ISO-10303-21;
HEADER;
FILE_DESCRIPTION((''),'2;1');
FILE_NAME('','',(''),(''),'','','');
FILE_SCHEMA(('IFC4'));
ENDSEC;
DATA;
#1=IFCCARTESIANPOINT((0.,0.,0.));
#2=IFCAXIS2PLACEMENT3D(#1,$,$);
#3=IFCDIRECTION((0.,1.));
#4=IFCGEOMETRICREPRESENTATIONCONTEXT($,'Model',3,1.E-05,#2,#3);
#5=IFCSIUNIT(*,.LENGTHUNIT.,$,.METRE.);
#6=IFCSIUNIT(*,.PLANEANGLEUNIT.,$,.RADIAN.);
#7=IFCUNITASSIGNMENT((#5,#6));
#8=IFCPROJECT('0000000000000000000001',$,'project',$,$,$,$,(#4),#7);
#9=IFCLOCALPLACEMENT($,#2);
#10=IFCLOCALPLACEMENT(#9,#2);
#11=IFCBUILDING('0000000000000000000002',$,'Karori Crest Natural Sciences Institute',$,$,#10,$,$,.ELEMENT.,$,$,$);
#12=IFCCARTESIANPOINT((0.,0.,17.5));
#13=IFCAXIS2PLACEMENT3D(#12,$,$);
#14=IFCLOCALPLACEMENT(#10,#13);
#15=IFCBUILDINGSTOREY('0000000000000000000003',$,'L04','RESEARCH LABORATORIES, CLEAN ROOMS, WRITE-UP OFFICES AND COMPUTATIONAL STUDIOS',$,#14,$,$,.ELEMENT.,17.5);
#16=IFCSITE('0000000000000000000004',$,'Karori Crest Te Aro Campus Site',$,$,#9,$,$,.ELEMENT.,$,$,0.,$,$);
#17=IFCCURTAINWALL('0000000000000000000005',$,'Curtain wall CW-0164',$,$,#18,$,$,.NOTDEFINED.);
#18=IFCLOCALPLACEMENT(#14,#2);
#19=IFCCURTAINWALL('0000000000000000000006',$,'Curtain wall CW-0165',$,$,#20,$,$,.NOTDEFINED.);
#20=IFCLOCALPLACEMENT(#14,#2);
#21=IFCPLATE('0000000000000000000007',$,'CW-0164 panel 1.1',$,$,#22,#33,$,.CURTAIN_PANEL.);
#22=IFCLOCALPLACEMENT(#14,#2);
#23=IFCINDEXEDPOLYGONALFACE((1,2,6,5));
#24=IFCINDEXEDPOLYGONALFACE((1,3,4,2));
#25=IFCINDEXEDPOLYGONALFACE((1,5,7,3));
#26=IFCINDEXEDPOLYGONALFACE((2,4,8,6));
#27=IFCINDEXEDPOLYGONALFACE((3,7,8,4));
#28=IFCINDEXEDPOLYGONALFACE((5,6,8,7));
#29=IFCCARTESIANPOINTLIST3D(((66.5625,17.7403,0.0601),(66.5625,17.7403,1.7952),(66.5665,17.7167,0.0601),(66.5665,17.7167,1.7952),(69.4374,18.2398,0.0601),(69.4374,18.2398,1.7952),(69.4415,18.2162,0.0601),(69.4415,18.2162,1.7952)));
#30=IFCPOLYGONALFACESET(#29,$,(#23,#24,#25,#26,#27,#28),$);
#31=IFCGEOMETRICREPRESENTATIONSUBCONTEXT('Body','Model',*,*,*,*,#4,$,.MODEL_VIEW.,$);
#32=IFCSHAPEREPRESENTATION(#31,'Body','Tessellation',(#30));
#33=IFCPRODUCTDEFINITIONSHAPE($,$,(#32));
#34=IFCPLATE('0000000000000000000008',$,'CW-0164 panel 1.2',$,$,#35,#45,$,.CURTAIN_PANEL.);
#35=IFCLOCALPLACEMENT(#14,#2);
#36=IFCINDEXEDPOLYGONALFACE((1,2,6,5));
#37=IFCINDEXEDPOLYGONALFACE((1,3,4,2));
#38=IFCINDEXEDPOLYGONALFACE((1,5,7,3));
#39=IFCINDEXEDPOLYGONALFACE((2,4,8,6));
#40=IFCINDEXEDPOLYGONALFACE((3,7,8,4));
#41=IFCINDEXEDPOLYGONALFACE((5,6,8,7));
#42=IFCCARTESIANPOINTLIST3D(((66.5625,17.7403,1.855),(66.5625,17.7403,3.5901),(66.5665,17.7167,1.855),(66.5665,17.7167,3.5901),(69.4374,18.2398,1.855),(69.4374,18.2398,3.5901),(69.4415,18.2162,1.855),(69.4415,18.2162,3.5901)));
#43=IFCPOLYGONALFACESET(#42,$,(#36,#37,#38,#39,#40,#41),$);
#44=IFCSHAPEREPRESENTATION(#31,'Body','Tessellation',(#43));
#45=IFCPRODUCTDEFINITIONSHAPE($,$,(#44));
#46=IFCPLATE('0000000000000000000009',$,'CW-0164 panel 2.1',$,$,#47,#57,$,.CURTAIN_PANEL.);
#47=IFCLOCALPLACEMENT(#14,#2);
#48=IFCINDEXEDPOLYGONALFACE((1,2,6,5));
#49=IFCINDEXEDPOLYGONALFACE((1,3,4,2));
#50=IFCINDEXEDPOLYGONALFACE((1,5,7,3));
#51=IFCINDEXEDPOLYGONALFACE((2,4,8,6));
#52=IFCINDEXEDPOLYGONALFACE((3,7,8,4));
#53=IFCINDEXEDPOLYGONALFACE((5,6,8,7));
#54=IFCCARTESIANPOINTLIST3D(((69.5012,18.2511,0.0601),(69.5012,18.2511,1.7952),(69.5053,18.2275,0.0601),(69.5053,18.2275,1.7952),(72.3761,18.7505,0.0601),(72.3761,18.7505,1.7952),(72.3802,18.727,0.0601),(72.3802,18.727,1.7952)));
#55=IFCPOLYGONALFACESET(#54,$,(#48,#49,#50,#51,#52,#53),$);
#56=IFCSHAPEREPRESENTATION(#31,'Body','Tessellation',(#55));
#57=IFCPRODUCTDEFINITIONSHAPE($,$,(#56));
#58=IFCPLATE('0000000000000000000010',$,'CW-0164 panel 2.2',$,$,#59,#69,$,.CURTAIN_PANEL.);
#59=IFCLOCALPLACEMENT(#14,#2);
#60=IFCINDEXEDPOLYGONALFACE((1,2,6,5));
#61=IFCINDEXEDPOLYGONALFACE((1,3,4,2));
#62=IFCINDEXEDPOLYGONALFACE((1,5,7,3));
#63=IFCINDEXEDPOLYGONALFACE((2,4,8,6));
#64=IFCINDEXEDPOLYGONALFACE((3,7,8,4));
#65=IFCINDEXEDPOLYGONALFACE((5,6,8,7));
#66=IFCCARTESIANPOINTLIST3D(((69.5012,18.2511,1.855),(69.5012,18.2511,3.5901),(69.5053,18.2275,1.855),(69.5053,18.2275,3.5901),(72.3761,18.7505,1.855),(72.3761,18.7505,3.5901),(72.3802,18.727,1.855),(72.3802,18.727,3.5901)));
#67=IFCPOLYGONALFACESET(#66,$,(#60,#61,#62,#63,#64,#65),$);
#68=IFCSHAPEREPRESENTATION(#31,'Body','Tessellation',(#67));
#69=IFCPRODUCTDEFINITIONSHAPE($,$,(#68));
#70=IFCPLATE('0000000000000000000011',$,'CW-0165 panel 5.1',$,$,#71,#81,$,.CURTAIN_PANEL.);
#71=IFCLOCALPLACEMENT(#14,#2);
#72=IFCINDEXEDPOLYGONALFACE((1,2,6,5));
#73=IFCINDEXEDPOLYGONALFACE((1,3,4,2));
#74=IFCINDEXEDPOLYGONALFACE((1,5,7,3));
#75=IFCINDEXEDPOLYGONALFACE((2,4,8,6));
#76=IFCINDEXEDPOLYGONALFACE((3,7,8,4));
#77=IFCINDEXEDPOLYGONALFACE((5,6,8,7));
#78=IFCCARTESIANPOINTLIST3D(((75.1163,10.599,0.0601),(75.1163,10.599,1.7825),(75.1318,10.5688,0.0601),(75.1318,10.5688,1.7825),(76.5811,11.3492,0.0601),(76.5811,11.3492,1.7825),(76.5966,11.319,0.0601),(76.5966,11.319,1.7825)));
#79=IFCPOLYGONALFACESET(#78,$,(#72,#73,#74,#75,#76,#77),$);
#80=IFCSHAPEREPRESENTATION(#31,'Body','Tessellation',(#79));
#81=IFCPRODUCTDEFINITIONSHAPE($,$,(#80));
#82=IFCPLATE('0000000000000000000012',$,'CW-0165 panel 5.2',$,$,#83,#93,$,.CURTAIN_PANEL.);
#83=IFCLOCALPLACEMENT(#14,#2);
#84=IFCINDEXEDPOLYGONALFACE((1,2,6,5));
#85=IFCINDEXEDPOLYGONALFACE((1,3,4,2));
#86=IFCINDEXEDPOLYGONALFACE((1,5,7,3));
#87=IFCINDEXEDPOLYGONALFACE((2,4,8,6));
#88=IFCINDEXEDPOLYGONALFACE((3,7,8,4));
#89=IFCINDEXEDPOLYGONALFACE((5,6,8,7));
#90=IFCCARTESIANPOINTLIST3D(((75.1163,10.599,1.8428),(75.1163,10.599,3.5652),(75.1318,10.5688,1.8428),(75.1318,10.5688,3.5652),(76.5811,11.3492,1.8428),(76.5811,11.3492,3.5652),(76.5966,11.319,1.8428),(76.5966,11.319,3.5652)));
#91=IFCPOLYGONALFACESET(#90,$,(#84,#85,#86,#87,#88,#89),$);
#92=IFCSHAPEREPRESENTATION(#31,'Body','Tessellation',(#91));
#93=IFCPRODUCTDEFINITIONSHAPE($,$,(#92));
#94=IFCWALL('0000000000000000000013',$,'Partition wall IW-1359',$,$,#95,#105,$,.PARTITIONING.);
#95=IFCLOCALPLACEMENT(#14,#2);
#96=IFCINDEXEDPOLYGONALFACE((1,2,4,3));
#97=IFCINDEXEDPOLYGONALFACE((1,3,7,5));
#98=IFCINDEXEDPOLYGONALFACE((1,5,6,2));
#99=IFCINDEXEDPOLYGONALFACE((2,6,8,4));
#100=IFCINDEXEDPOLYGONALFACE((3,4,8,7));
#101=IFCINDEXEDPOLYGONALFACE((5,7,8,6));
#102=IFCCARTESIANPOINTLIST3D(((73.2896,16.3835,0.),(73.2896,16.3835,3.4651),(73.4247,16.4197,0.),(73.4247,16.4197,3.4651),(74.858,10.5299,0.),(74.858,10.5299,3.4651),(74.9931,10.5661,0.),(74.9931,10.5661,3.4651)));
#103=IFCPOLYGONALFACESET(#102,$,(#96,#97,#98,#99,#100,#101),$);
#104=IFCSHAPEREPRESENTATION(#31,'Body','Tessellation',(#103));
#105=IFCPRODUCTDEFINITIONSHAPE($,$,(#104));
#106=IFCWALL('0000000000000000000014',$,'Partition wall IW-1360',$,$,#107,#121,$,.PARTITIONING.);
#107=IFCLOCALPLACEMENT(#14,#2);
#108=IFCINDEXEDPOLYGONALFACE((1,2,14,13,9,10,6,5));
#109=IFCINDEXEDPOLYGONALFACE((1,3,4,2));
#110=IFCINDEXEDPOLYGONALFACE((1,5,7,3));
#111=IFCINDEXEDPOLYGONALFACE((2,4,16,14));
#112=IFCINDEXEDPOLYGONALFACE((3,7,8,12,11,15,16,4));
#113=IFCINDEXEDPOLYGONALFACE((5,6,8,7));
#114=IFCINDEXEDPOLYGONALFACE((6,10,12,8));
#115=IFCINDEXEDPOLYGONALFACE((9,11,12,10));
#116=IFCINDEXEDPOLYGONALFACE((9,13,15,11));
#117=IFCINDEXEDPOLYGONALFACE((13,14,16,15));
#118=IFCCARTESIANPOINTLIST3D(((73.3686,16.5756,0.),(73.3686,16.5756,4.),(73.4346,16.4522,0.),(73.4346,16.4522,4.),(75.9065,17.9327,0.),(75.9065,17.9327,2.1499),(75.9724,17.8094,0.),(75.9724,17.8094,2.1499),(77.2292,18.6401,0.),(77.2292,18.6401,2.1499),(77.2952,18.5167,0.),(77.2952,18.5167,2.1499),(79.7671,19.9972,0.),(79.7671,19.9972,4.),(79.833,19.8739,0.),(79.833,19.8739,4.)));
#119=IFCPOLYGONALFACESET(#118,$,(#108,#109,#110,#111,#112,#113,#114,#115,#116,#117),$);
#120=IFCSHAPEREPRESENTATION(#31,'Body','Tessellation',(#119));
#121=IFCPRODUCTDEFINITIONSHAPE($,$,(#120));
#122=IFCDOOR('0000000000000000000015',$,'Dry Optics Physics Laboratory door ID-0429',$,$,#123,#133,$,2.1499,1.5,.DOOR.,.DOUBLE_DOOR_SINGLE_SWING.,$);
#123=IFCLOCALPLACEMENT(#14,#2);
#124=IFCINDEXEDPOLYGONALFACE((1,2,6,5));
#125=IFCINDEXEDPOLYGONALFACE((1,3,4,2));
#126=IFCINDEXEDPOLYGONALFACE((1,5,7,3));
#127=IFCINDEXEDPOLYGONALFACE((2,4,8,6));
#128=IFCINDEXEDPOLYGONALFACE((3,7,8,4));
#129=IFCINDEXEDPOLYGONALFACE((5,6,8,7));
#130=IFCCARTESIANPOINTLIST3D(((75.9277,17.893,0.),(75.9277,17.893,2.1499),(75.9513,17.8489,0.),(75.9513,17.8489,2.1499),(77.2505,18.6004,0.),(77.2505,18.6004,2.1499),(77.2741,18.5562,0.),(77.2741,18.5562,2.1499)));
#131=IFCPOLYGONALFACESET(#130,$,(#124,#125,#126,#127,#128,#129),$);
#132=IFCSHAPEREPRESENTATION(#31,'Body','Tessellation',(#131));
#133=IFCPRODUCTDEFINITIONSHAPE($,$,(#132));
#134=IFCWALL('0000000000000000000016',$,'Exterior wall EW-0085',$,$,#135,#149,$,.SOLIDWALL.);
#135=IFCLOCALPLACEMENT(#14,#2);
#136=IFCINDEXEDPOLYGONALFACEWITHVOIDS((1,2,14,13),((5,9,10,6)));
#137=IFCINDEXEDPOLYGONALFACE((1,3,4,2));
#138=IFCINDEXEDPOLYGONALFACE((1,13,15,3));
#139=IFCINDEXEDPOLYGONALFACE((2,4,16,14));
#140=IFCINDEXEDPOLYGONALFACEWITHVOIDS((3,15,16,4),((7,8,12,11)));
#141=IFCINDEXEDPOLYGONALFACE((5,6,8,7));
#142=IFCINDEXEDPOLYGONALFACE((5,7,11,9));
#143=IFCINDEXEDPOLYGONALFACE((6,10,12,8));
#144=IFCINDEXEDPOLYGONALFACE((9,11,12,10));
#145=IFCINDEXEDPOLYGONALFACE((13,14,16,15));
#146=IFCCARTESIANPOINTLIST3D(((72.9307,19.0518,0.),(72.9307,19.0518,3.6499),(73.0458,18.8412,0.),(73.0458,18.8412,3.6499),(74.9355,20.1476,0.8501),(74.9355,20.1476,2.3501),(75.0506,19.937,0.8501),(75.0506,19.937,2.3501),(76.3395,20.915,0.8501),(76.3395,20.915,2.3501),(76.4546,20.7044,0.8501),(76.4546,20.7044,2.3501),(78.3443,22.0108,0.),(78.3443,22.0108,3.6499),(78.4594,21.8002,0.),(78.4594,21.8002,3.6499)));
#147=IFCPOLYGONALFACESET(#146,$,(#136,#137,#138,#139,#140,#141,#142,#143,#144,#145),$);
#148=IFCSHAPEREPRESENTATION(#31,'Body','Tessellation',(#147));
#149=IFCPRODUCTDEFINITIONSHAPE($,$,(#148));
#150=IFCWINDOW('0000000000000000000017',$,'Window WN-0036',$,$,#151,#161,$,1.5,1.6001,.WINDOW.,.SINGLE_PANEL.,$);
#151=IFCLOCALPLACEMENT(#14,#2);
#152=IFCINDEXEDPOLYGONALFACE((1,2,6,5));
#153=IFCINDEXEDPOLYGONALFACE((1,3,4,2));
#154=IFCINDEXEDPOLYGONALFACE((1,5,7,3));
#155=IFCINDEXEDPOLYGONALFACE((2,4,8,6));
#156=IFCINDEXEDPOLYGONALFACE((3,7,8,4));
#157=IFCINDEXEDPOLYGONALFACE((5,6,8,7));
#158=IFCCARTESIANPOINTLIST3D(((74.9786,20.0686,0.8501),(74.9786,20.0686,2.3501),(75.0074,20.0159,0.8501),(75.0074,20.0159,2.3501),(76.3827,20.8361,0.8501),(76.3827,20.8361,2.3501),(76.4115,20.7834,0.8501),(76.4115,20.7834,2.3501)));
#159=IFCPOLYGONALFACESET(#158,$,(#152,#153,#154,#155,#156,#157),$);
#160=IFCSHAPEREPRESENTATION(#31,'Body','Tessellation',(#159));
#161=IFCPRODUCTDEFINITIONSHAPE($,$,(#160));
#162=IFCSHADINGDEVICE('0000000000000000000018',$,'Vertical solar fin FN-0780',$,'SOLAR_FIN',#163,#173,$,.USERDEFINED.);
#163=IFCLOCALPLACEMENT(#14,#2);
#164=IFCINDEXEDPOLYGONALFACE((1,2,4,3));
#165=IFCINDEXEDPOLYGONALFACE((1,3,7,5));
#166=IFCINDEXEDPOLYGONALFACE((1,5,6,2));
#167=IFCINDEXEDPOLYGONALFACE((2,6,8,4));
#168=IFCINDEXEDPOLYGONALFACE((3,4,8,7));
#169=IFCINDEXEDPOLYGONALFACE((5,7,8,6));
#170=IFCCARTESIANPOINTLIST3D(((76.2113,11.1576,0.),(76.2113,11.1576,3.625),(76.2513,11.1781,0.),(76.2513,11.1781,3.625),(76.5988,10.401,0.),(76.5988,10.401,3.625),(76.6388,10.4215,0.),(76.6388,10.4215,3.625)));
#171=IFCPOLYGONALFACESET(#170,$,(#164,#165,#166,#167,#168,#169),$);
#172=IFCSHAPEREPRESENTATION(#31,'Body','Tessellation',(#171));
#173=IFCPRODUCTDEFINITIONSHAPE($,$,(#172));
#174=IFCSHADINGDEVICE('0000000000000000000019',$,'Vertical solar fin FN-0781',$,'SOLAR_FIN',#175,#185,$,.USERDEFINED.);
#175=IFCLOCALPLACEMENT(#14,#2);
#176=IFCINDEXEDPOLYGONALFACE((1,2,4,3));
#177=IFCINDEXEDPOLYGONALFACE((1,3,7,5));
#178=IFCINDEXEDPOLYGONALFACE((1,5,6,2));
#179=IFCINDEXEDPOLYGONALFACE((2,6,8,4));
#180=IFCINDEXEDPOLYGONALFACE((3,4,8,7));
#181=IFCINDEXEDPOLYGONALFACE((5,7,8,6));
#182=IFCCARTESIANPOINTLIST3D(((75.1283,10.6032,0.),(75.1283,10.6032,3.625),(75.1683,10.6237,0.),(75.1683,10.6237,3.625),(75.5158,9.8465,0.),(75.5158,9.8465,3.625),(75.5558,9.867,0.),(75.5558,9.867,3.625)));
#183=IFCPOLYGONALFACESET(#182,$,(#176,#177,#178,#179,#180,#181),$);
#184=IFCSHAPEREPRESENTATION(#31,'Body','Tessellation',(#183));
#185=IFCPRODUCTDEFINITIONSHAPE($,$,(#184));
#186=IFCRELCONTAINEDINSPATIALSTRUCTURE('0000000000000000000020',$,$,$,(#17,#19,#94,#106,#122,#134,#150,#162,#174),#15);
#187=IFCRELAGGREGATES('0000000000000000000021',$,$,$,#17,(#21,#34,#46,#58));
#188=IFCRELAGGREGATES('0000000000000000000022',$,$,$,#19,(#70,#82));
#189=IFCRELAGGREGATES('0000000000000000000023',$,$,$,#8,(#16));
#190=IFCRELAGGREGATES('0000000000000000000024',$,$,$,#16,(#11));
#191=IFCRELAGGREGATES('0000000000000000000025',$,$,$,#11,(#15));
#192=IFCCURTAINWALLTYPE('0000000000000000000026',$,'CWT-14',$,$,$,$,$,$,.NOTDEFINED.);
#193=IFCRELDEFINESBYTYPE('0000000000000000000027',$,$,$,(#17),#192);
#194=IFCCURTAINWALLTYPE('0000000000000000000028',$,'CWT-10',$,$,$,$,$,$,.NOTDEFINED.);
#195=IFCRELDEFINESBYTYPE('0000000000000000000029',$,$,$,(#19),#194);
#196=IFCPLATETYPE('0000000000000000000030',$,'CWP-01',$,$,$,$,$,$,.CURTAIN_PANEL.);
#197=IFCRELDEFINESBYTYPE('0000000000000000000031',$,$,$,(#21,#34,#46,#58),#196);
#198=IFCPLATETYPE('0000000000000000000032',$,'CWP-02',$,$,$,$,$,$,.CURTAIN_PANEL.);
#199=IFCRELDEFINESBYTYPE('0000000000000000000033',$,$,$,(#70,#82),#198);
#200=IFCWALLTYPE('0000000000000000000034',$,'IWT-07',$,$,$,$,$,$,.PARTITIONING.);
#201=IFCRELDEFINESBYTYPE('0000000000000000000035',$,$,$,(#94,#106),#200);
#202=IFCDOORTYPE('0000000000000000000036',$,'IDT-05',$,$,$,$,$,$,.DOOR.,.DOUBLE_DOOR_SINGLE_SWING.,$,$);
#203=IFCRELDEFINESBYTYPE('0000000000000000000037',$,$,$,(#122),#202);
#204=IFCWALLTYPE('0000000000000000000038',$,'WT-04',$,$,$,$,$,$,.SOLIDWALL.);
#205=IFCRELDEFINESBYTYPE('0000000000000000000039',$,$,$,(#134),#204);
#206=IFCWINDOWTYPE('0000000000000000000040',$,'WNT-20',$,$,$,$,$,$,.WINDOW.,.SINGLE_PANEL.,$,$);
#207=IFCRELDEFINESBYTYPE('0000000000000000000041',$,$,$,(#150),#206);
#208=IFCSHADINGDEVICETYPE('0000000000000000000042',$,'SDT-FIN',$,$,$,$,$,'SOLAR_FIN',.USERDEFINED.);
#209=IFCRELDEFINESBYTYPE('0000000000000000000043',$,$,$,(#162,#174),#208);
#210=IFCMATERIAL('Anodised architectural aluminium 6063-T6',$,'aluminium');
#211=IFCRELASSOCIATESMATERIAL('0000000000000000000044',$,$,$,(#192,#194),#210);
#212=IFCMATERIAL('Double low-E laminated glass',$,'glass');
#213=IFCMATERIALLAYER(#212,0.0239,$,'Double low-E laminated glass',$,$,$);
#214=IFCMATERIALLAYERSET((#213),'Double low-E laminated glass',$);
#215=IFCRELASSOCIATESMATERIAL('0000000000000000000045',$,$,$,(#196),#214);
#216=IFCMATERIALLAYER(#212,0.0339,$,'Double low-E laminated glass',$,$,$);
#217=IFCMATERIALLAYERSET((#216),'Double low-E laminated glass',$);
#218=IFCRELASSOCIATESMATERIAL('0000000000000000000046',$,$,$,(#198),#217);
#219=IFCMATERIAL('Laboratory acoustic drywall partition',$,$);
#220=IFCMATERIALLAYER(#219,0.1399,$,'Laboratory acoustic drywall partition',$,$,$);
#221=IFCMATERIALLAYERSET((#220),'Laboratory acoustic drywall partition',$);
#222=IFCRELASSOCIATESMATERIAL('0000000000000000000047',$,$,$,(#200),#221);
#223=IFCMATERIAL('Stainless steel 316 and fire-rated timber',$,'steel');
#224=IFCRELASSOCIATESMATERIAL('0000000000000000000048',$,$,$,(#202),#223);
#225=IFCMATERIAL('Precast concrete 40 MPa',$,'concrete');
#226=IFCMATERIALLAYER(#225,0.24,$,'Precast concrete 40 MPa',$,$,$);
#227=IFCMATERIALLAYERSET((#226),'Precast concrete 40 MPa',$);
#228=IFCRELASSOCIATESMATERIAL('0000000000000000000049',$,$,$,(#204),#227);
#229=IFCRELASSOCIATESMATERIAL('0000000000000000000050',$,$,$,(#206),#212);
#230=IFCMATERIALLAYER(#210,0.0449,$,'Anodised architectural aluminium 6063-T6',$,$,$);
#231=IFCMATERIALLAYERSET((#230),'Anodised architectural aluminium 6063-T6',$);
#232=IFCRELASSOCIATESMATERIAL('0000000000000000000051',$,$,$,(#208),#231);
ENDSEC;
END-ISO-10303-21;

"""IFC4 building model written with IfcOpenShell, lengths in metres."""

from ifc_helpers import new_model, si_unit, direction, frame, frame_2d, origin, origin_2d, place, context, subcontext, project, spatial, rectangle, extrude, material, layer, layer_set, type_object, element, fill, aggregate, save


model = new_model("IFC4")

# Units and contexts
model_context = context("Model", 3, precision=1e-05, world=origin(), true_north=direction((0.0, 1.0)))
body_context = subcontext(model_context, "Body", "Model", "MODEL_VIEW")
ifc_project = project(units=[si_unit("LENGTHUNIT", "METRE"), si_unit("PLANEANGLEUNIT", "RADIAN")], contexts=[model_context])

# Site, building, storey
site_placement = place(None, origin())
site = spatial("IfcSite", under=ifc_project, at=site_placement, Name="Karori Crest Te Aro Campus Site", CompositionType="ELEMENT", RefElevation=0.0)
building_placement = place(site_placement, origin())
building = spatial("IfcBuilding", under=site, at=building_placement, Name="Karori Crest Natural Sciences Institute", CompositionType="ELEMENT")
storey_placement = place(building_placement, frame((0.0, 0.0, 17.5)))
storey = spatial("IfcBuildingStorey", under=building, at=storey_placement, Name="L04", Description="RESEARCH LABORATORIES, CLEAN ROOMS, WRITE-UP OFFICES AND COMPUTATIONAL STUDIOS", CompositionType="ELEMENT", Elevation=17.5)

# Shared definitions
ifc_material_1 = material(Name="Anodised architectural aluminium 6063-T6", Category="aluminium")

# Curtain wall
curtain_wall_type_1 = type_object("IfcCurtainWallType", Name="CWT-14", PredefinedType="NOTDEFINED", material=ifc_material_1)
curtain_wall_1_placement = place(storey_placement, origin())
curtain_wall_1 = element("IfcCurtainWall", 1, at=curtain_wall_1_placement, inside=storey, type_object=curtain_wall_type_1, Name="Curtain wall CW-0164", PredefinedType="NOTDEFINED")

# Curtain wall
curtain_wall_type_2 = type_object("IfcCurtainWallType", Name="CWT-10", PredefinedType="NOTDEFINED", material=ifc_material_1)
curtain_wall_2_placement = place(storey_placement, origin())
curtain_wall_2 = element("IfcCurtainWall", 2, at=curtain_wall_2_placement, inside=storey, type_object=curtain_wall_type_2, Name="Curtain wall CW-0165", PredefinedType="NOTDEFINED")

# Plates
ifc_material_2 = material(Name="Double low-E laminated glass", Category="glass")
ifc_layer_1 = layer(ifc_material_2, 0.0239, Name="Double low-E laminated glass")
ifc_layer_set_1 = layer_set([ifc_layer_1], Name="Double low-E laminated glass")
plate_type_1 = type_object("IfcPlateType", Name="CWP-01", PredefinedType="CURTAIN_PANEL", material=ifc_layer_set_1)
plate_1_placement = place(storey_placement, frame((68.002, 17.9783, 0.0601), z_axis=(0.0, 0.0, 1.0), x_axis=(0.985241, 0.171174, 0.0)))
plate_1 = element("IfcPlate", 3, at=plate_1_placement, type_object=plate_type_1, Name="CW-0164 panel 1.1", PredefinedType="CURTAIN_PANEL", context=body_context, shape_type="SweptSolid", body=[
    extrude(rectangle(XDim=2.918, YDim=0.0239, at=origin_2d()), origin(), (0.0, 0.0, 1.0), 1.7351),
])
plate_2_placement = place(storey_placement, frame((68.002, 17.9783, 1.855), z_axis=(0.0, 0.0, 1.0), x_axis=(0.985241, 0.171174, 0.0)))
plate_2 = element("IfcPlate", 4, at=plate_2_placement, type_object=plate_type_1, Name="CW-0164 panel 1.2", PredefinedType="CURTAIN_PANEL", context=body_context, shape_type="SweptSolid", body=[
    extrude(rectangle(XDim=2.918, YDim=0.0239, at=origin_2d()), origin(), (0.0, 0.0, 1.0), 1.7351),
])
plate_3_placement = place(storey_placement, frame((70.9407, 18.489, 0.0601), z_axis=(0.0, 0.0, 1.0), x_axis=(0.985241, 0.171174, 0.0)))
plate_3 = element("IfcPlate", 5, at=plate_3_placement, type_object=plate_type_1, Name="CW-0164 panel 2.1", PredefinedType="CURTAIN_PANEL", context=body_context, shape_type="SweptSolid", body=[
    extrude(rectangle(XDim=2.918, YDim=0.0239, at=origin_2d()), origin(), (0.0, 0.0, 1.0), 1.7351),
])
plate_4_placement = place(storey_placement, frame((70.9407, 18.489, 1.855), z_axis=(0.0, 0.0, 1.0), x_axis=(0.985241, 0.171174, 0.0)))
plate_4 = element("IfcPlate", 6, at=plate_4_placement, type_object=plate_type_1, Name="CW-0164 panel 2.2", PredefinedType="CURTAIN_PANEL", context=body_context, shape_type="SweptSolid", body=[
    extrude(rectangle(XDim=2.918, YDim=0.0239, at=origin_2d()), origin(), (0.0, 0.0, 1.0), 1.7351),
])
aggregate(curtain_wall_1, [plate_1, plate_2, plate_3, plate_4])
ifc_layer_2 = layer(ifc_material_2, 0.0339, Name="Double low-E laminated glass")
ifc_layer_set_2 = layer_set([ifc_layer_2], Name="Double low-E laminated glass")
plate_type_2 = type_object("IfcPlateType", Name="CWP-02", PredefinedType="CURTAIN_PANEL", material=ifc_layer_set_2)
plate_5_placement = place(storey_placement, frame((75.8564, 10.959, 0.0601), z_axis=(0.0, 0.0, 1.0), x_axis=(-0.890067, -0.455829, 0.0)))
plate_5 = element("IfcPlate", 7, at=plate_5_placement, type_object=plate_type_2, Name="CW-0165 panel 5.1", PredefinedType="CURTAIN_PANEL", context=body_context, shape_type="SweptSolid", body=[
    extrude(rectangle(XDim=1.6458, YDim=0.0339, at=origin_2d()), origin(), (0.0, 0.0, 1.0), 1.7224),
])
plate_6_placement = place(storey_placement, frame((75.8564, 10.959, 1.8428), z_axis=(0.0, 0.0, 1.0), x_axis=(-0.890067, -0.455829, 0.0)))
plate_6 = element("IfcPlate", 8, at=plate_6_placement, type_object=plate_type_2, Name="CW-0165 panel 5.2", PredefinedType="CURTAIN_PANEL", context=body_context, shape_type="SweptSolid", body=[
    extrude(rectangle(XDim=1.6458, YDim=0.0339, at=origin_2d()), origin(), (0.0, 0.0, 1.0), 1.7224),
])
aggregate(curtain_wall_2, [plate_5, plate_6])

# Wall
ifc_material_3 = material(Name="Laboratory acoustic drywall partition")
ifc_layer_3 = layer(ifc_material_3, 0.1399, Name="Laboratory acoustic drywall partition")
ifc_layer_set_3 = layer_set([ifc_layer_3], Name="Laboratory acoustic drywall partition")
wall_type_1 = type_object("IfcWallType", Name="IWT-07", PredefinedType="PARTITIONING", material=ifc_layer_set_3)
wall_1_placement = place(storey_placement, frame((73.3572, 16.4016, 0.0), z_axis=(0.0, 0.0, 1.0), x_axis=(0.258806, -0.965929, 0.0)))
element("IfcWall", 9, at=wall_1_placement, inside=storey, type_object=wall_type_1, Name="Partition wall IW-1359", PredefinedType="PARTITIONING", context=body_context, shape_type="SweptSolid", body=[
    extrude(rectangle(XDim=6.0601, YDim=0.1399, at=frame_2d((3.03, 0.0))), origin(), (0.0, 0.0, 1.0), 3.4651),
])

# Wall, opening, door
wall_2_placement = place(storey_placement, frame((73.4016, 16.5139, 0.0), z_axis=(0.0, 0.0, 1.0), x_axis=(0.88183, 0.471568, 0.0)))
wall_2 = element("IfcWall", 10, at=wall_2_placement, inside=storey, type_object=wall_type_1, Name="Partition wall IW-1360", PredefinedType="PARTITIONING", context=body_context, shape_type="SweptSolid", body=[
    extrude(rectangle(XDim=7.2559, YDim=0.1399, at=frame_2d((3.6279, 0.0))), origin(), (0.0, 0.0, 1.0), 4.0),
])
opening_1_placement = place(wall_2_placement, frame((2.8779, 0.0, 0.0)))
opening_1 = element("IfcOpeningElement", 11, at=opening_1_placement, cuts=wall_2, PredefinedType="OPENING", context=body_context, shape_type="SweptSolid", body=[
    extrude(rectangle(XDim=1.5, YDim=2.1499, at=frame_2d((0.75, 1.075))), frame((0.0, 0.0801, 0.0), z_axis=(0.0, -1.0, 0.0), x_axis=(1.0, 0.0, 0.0)), (0.0, 0.0, 1.0), 0.1599),
])
ifc_material_4 = material(Name="Stainless steel 316 and fire-rated timber", Category="steel")
door_type = type_object("IfcDoorType", Name="IDT-05", OperationType="DOUBLE_DOOR_SINGLE_SWING", PredefinedType="DOOR", material=ifc_material_4)
door_placement = place(opening_1_placement, origin())
door = element("IfcDoor", 12, at=door_placement, inside=storey, type_object=door_type, Name="Dry Optics Physics Laboratory door ID-0429", OperationType="DOUBLE_DOOR_SINGLE_SWING", OverallHeight=2.1499, OverallWidth=1.5, PredefinedType="DOOR", context=body_context, shape_type="SweptSolid", body=[
    extrude(rectangle(XDim=1.5, YDim=2.1499, at=frame_2d((0.75, 1.075))), frame((0.0, 0.0249, 0.0), z_axis=(0.0, -1.0, 0.0), x_axis=(1.0, 0.0, 0.0)), (0.0, 0.0, 1.0), 0.05),
])
fill(opening_1, door)

# Wall, opening, window
ifc_material_5 = material(Name="Precast concrete 40 MPa", Category="concrete")
ifc_layer_4 = layer(ifc_material_5, 0.24, Name="Precast concrete 40 MPa")
ifc_layer_set_4 = layer_set([ifc_layer_4], Name="Precast concrete 40 MPa")
wall_type_2 = type_object("IfcWallType", Name="WT-04", PredefinedType="SOLIDWALL", material=ifc_layer_set_4)
wall_3_placement = place(storey_placement, frame((72.9883, 18.9465, 0.0), z_axis=(0.0, 0.0, 1.0), x_axis=(0.877478, 0.479617, 0.0)))
wall_3 = element("IfcWall", 13, at=wall_3_placement, inside=storey, type_object=wall_type_2, Name="Exterior wall EW-0085", PredefinedType="SOLIDWALL", context=body_context, shape_type="SweptSolid", body=[
    extrude(rectangle(XDim=6.1694, YDim=0.24, at=frame_2d((3.0847, 0.0))), origin(), (0.0, 0.0, 1.0), 3.6499),
])
opening_2_placement = place(wall_3_placement, frame((2.2847, 0.0, 0.8501)))
opening_2 = element("IfcOpeningElement", 14, at=opening_2_placement, cuts=wall_3, PredefinedType="OPENING", context=body_context, shape_type="SweptSolid", body=[
    extrude(rectangle(XDim=1.6001, YDim=1.5, at=frame_2d((0.8, 0.75))), frame((0.0, 0.1299, 0.0), z_axis=(0.0, -1.0, 0.0), x_axis=(1.0, 0.0, 0.0)), (0.0, 0.0, 1.0), 0.26),
])
window_type = type_object("IfcWindowType", Name="WNT-20", PartitioningType="SINGLE_PANEL", PredefinedType="WINDOW", material=ifc_material_2)
window_placement = place(opening_2_placement, origin())
window = element("IfcWindow", 15, at=window_placement, inside=storey, type_object=window_type, Name="Window WN-0036", OverallHeight=1.5, OverallWidth=1.6001, PartitioningType="SINGLE_PANEL", PredefinedType="WINDOW", context=body_context, shape_type="SweptSolid", body=[
    extrude(rectangle(XDim=1.6001, YDim=1.5, at=frame_2d((0.8, 0.75))), frame((0.0, 0.03, 0.0), z_axis=(0.0, -1.0, 0.0), x_axis=(1.0, 0.0, 0.0)), (0.0, 0.0, 1.0), 0.0601),
])
fill(opening_2, window)

# Shading devices
ifc_layer_5 = layer(ifc_material_1, 0.0449, Name="Anodised architectural aluminium 6063-T6")
ifc_layer_set_5 = layer_set([ifc_layer_5], Name="Anodised architectural aluminium 6063-T6")
shading_device_type = type_object("IfcShadingDeviceType", Name="SDT-FIN", ElementType="SOLAR_FIN", PredefinedType="USERDEFINED", material=ifc_layer_set_5)
for number, where, z_axis, x_axis, name in (
    (16, (76.425, 10.7896, 0.0), (0.0, 0.0, 1.0), (0.455829, -0.890067, 0.0), "Vertical solar fin FN-0780"),
    (17, (75.342, 10.2351, 0.0), (0.0, 0.0, 1.0), (0.455829, -0.890067, 0.0), "Vertical solar fin FN-0781"),
):
    element("IfcShadingDevice", number, at=place(storey_placement, frame(where, z_axis=z_axis, x_axis=x_axis)), inside=storey, type_object=shading_device_type, Name=name, ObjectType="SOLAR_FIN", PredefinedType="USERDEFINED", context=body_context, shape_type="SweptSolid", body=[
        extrude(rectangle(XDim=0.8501, YDim=0.0449, at=origin_2d()), origin(), (0.0, 0.0, 1.0), 3.625),
    ])

save(model, "model.ifc")
